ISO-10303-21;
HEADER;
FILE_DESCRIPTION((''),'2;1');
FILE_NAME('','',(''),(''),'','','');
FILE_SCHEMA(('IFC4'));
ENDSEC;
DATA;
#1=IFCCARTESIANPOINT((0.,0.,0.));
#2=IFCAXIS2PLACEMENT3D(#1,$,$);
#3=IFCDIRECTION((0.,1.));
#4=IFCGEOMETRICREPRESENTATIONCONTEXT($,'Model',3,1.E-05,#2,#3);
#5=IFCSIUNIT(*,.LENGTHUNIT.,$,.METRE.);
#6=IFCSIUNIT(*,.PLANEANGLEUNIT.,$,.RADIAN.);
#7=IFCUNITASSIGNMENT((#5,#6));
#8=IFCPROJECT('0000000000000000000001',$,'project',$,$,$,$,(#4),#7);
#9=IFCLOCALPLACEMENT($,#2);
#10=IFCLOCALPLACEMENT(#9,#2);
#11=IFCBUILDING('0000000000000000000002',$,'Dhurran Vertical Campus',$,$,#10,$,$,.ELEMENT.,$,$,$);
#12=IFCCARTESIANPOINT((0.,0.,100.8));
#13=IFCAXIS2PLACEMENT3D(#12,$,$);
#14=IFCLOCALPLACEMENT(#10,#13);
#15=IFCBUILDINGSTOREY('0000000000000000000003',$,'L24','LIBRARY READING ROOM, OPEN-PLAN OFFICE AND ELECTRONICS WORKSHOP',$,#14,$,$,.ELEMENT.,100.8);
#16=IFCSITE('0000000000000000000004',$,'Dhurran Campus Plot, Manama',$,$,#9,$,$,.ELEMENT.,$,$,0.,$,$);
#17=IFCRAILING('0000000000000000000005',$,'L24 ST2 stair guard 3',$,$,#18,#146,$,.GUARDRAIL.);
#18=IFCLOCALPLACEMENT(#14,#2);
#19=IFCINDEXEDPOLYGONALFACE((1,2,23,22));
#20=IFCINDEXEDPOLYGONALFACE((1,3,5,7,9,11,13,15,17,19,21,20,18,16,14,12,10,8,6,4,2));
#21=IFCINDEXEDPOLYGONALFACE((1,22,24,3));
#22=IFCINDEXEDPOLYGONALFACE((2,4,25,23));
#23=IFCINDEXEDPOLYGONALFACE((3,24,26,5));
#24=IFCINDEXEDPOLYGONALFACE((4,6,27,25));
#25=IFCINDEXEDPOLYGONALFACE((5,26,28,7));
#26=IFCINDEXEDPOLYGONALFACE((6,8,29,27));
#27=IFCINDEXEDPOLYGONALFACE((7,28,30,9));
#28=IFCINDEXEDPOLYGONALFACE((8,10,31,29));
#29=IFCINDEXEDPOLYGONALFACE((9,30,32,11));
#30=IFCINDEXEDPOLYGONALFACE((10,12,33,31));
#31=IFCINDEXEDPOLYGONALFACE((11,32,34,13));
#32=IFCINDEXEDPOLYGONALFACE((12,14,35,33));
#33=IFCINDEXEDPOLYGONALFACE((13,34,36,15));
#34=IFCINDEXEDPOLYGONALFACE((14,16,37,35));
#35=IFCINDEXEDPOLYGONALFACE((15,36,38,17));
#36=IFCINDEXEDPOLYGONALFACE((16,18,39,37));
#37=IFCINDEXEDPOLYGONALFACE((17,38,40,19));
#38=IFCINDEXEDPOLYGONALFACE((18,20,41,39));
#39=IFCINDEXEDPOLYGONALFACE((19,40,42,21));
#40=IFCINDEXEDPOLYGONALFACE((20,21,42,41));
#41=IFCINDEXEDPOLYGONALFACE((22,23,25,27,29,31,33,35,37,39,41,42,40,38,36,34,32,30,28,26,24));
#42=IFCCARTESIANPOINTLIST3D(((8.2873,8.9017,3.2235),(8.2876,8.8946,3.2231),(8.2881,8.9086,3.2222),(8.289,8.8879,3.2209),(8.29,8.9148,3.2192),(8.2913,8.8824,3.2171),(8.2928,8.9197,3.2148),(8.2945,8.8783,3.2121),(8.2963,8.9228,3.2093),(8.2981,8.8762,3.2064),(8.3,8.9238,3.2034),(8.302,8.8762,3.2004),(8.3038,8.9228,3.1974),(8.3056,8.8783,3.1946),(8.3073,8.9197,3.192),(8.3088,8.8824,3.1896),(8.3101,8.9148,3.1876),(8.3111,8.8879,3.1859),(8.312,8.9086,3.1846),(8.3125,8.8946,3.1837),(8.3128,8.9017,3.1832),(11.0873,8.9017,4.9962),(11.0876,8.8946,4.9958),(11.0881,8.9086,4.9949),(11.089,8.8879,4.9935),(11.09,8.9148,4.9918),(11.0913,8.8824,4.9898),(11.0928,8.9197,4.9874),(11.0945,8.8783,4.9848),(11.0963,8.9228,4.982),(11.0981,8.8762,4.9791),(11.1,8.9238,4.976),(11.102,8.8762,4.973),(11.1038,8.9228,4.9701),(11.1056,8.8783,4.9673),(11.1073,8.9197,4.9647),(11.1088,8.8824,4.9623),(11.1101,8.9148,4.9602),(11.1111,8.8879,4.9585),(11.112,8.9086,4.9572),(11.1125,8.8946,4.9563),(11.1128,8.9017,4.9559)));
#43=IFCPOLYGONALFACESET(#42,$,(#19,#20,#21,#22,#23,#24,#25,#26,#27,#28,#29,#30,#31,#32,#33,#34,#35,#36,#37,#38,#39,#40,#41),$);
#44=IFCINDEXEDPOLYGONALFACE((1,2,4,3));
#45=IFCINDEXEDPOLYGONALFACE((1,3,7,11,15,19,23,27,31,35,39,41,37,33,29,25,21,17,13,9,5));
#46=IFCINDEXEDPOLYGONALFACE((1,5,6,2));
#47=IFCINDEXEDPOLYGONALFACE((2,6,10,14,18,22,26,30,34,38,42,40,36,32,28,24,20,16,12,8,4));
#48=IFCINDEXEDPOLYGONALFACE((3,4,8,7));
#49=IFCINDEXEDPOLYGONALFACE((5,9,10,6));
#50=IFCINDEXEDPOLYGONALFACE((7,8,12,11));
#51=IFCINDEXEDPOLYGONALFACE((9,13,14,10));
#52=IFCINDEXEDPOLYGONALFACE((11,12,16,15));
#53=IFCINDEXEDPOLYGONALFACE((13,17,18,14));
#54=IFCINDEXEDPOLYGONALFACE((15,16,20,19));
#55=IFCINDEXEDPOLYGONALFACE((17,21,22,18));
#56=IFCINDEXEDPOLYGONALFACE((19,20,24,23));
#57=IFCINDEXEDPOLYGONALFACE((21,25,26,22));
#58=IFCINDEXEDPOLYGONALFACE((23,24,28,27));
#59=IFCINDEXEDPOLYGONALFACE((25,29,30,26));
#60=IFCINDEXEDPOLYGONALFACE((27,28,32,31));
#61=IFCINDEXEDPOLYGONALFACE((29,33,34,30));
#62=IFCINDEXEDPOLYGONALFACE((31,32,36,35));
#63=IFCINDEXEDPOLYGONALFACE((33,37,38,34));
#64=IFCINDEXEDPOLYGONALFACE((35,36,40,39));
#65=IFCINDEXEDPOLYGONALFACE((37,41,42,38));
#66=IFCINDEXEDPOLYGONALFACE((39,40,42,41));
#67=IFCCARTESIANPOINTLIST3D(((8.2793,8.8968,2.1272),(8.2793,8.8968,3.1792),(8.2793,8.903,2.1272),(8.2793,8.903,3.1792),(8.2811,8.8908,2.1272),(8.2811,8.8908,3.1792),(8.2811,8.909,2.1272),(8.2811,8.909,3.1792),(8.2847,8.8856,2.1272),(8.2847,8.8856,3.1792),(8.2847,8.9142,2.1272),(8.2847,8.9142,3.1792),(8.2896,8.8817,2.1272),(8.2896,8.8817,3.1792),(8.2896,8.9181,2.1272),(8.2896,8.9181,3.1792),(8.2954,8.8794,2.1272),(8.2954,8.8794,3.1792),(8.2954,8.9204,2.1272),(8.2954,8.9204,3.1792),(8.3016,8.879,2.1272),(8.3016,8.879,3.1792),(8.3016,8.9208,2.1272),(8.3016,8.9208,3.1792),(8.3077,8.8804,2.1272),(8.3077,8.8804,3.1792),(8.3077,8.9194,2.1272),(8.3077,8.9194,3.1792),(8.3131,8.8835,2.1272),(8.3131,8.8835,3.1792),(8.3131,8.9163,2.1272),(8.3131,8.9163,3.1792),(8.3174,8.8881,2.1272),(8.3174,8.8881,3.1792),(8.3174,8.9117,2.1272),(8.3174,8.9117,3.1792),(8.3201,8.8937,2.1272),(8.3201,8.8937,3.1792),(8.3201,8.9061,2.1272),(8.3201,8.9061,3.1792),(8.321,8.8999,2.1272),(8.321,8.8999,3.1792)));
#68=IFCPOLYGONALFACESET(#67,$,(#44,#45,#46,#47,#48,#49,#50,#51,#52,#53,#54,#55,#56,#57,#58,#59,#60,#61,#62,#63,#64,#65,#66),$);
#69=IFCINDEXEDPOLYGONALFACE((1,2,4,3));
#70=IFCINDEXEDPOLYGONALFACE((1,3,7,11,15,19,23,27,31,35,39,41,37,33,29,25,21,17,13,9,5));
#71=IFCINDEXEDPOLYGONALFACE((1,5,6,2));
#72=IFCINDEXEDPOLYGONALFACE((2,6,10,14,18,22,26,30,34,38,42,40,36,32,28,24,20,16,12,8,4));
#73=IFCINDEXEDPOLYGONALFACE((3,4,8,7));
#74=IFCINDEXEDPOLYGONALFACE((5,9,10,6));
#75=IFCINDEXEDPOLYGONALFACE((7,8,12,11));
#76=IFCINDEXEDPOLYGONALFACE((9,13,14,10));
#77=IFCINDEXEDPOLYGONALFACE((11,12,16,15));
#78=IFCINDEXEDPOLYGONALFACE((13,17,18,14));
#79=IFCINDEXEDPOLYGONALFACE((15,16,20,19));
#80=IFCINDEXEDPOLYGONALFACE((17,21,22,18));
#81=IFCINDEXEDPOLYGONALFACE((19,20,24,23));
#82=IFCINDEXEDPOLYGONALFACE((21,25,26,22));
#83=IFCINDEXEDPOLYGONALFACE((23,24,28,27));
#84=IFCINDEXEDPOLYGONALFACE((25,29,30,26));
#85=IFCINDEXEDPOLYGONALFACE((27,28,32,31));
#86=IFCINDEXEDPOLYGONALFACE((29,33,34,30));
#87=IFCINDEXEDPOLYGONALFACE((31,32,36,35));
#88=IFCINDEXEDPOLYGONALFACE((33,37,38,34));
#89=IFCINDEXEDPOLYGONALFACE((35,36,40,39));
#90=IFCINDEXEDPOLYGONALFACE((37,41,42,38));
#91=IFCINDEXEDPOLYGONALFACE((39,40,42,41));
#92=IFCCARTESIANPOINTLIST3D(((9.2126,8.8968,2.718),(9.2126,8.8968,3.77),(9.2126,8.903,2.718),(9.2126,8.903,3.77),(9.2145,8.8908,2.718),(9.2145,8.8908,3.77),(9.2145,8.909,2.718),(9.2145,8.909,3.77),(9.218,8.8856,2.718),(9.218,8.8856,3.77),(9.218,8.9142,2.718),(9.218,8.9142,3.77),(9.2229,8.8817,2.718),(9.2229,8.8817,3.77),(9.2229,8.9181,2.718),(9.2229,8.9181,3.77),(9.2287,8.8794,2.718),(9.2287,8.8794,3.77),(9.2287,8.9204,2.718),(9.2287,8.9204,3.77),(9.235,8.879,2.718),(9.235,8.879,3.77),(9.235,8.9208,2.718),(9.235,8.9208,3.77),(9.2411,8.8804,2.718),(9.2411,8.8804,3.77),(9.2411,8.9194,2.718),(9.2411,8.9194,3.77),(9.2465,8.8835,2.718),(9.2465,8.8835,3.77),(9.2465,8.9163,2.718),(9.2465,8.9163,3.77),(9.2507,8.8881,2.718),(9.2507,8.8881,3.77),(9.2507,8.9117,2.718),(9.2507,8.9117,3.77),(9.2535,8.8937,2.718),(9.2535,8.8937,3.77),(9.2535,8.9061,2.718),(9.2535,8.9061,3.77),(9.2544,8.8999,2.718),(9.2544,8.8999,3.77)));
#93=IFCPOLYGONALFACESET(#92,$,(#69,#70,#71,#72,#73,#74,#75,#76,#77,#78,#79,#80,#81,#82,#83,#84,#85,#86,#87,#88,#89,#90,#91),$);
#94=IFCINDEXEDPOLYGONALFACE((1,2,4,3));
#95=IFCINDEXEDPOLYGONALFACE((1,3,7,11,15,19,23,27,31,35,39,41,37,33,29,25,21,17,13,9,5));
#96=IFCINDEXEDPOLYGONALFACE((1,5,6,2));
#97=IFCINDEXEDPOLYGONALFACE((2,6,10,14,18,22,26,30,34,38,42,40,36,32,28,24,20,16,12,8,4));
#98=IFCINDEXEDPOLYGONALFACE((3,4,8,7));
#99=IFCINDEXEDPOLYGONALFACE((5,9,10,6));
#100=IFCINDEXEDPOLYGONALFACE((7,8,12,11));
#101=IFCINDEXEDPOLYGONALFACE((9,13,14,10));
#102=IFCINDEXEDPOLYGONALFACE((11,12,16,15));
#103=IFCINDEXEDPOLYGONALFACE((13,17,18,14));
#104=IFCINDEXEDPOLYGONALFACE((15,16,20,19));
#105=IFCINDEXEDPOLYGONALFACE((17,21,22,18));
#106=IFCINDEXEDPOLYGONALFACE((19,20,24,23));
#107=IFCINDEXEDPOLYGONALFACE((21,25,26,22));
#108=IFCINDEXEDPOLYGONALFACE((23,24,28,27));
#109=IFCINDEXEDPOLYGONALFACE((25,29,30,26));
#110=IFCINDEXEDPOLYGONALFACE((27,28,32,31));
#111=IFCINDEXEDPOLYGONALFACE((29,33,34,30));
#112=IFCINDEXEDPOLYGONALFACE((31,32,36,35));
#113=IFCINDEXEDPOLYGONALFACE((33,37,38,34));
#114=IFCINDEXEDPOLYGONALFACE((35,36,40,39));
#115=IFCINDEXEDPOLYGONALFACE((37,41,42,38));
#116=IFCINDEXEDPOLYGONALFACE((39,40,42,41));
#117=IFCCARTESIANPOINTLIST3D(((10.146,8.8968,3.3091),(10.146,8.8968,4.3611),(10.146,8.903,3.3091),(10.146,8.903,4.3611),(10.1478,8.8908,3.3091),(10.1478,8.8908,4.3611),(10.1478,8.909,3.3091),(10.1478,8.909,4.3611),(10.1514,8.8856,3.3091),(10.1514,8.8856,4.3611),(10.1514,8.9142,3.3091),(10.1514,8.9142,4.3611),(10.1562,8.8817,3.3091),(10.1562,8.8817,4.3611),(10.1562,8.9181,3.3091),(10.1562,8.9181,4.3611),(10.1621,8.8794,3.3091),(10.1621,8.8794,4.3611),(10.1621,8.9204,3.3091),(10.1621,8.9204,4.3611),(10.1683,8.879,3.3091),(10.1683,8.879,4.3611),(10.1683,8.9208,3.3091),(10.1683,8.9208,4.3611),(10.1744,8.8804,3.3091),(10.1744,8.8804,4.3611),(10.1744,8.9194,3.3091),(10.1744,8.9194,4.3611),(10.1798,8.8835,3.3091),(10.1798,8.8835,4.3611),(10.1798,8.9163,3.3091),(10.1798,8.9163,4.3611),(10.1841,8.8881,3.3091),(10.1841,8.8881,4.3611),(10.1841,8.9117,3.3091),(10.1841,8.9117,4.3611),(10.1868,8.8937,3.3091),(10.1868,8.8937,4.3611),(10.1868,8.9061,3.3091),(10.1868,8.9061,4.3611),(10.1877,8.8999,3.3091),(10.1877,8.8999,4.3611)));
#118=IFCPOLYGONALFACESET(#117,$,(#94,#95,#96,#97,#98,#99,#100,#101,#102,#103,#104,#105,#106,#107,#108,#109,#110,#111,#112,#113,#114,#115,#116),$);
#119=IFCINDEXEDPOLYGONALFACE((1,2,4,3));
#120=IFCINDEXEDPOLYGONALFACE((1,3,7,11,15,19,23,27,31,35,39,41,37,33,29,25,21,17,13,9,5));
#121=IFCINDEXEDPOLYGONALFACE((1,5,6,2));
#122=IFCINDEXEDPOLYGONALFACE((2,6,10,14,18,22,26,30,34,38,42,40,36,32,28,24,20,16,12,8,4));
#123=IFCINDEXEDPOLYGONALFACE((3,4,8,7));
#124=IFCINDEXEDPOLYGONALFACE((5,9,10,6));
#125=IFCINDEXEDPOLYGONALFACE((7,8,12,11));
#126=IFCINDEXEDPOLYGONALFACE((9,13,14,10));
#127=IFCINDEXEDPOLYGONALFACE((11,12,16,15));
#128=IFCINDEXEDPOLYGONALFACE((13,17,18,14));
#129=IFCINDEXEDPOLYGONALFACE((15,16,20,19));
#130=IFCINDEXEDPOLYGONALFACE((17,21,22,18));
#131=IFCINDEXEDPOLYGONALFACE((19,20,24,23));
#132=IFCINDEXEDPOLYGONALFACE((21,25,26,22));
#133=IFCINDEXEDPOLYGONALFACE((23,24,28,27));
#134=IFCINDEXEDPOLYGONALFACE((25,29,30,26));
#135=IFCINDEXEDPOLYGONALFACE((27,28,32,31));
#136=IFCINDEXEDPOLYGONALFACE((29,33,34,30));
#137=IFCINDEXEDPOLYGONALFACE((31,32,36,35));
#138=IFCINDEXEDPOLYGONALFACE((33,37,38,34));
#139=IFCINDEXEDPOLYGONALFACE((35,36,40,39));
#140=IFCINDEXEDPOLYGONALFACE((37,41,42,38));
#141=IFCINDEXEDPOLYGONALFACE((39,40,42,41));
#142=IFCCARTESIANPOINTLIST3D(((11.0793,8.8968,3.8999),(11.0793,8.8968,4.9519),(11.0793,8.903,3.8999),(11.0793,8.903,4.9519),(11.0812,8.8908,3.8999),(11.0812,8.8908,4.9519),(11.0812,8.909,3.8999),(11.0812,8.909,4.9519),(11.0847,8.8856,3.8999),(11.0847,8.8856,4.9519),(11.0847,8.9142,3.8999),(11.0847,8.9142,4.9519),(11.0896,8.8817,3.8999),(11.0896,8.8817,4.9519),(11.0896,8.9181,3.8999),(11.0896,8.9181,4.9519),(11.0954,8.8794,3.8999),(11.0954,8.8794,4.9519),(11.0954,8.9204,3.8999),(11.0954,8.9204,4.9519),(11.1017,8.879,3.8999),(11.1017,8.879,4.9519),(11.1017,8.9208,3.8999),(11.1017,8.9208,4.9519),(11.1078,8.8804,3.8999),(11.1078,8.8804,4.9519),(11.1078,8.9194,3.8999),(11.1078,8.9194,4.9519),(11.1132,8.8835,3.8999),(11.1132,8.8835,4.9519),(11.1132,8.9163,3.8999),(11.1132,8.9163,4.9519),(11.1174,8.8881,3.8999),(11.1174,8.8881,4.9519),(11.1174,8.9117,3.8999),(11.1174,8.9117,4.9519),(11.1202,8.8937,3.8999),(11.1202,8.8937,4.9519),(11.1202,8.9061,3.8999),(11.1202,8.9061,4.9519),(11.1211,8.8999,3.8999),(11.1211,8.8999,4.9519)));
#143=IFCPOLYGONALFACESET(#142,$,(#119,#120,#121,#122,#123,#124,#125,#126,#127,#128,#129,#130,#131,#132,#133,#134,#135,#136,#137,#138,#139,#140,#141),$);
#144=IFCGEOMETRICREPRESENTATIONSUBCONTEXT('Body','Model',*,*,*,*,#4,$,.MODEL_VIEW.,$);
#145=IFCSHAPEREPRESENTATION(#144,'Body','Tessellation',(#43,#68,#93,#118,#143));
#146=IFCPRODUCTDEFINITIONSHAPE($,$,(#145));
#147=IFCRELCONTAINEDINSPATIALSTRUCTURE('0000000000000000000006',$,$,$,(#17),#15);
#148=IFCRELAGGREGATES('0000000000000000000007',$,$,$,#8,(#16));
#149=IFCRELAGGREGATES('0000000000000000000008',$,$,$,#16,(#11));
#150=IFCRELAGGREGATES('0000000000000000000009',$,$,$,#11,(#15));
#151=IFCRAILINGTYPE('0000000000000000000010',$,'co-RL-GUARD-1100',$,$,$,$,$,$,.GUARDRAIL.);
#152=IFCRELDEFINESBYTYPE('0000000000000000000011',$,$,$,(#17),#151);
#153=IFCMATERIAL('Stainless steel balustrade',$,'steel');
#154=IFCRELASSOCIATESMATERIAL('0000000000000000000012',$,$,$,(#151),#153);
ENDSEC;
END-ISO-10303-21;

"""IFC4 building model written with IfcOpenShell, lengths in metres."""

from ifc_helpers import new_model, si_unit, direction, frame, origin, origin_2d, place, context, subcontext, project, spatial, circle, extrude, material, type_object, element, save


model = new_model("IFC4")

# Units and contexts
model_context = context("Model", 3, precision=1e-05, world=origin(), true_north=direction((0.0, 1.0)))
body_context = subcontext(model_context, "Body", "Model", "MODEL_VIEW")
ifc_project = project(units=[si_unit("LENGTHUNIT", "METRE"), si_unit("PLANEANGLEUNIT", "RADIAN")], contexts=[model_context])

# Site, building, storey
site_placement = place(None, origin())
site = spatial("IfcSite", under=ifc_project, at=site_placement, Name="Dhurran Campus Plot, Manama", CompositionType="ELEMENT", RefElevation=0.0)
building_placement = place(site_placement, origin())
building = spatial("IfcBuilding", under=site, at=building_placement, Name="Dhurran Vertical Campus", CompositionType="ELEMENT")
storey_placement = place(building_placement, frame((0.0, 0.0, 100.8)))
storey = spatial("IfcBuildingStorey", under=building, at=storey_placement, Name="L24", Description="LIBRARY READING ROOM, OPEN-PLAN OFFICE AND ELECTRONICS WORKSHOP", CompositionType="ELEMENT", Elevation=100.8)

# Railing
ifc_material_1 = material(Name="Stainless steel balustrade", Category="steel")
railing_type = type_object("IfcRailingType", Name="co-RL-GUARD-1100", PredefinedType="GUARDRAIL", material=ifc_material_1)
railing_1_placement = place(storey_placement, frame((8.3, 8.8999, 2.1272)))
element("IfcRailing", 1, at=railing_1_placement, inside=storey, type_object=railing_type, Name="L24 ST2 stair guard 3", PredefinedType="GUARDRAIL", context=body_context, shape_type="SweptSolid", body=[
    extrude(circle(Radius=0.0239, at=origin_2d()), frame((0.0, 0.0, 1.0762), z_axis=(0.844909, 0.0, 0.53491), x_axis=(0.0, 1.0, 0.0)), (0.0, 0.0, 1.0), 3.314),
    extrude(circle(Radius=0.021, at=origin_2d()), origin(), (0.0, 0.0, 1.0), 1.052),
    extrude(circle(Radius=0.021, at=origin_2d()), frame((0.9333, 0.0, 0.5908)), (0.0, 0.0, 1.0), 1.052),
    extrude(circle(Radius=0.021, at=origin_2d()), frame((1.8667, 0.0, 1.1819)), (0.0, 0.0, 1.0), 1.052),
    extrude(circle(Radius=0.021, at=origin_2d()), frame((2.8, 0.0, 1.7727)), (0.0, 0.0, 1.0), 1.052),
])

save(model, "model.ifc")
